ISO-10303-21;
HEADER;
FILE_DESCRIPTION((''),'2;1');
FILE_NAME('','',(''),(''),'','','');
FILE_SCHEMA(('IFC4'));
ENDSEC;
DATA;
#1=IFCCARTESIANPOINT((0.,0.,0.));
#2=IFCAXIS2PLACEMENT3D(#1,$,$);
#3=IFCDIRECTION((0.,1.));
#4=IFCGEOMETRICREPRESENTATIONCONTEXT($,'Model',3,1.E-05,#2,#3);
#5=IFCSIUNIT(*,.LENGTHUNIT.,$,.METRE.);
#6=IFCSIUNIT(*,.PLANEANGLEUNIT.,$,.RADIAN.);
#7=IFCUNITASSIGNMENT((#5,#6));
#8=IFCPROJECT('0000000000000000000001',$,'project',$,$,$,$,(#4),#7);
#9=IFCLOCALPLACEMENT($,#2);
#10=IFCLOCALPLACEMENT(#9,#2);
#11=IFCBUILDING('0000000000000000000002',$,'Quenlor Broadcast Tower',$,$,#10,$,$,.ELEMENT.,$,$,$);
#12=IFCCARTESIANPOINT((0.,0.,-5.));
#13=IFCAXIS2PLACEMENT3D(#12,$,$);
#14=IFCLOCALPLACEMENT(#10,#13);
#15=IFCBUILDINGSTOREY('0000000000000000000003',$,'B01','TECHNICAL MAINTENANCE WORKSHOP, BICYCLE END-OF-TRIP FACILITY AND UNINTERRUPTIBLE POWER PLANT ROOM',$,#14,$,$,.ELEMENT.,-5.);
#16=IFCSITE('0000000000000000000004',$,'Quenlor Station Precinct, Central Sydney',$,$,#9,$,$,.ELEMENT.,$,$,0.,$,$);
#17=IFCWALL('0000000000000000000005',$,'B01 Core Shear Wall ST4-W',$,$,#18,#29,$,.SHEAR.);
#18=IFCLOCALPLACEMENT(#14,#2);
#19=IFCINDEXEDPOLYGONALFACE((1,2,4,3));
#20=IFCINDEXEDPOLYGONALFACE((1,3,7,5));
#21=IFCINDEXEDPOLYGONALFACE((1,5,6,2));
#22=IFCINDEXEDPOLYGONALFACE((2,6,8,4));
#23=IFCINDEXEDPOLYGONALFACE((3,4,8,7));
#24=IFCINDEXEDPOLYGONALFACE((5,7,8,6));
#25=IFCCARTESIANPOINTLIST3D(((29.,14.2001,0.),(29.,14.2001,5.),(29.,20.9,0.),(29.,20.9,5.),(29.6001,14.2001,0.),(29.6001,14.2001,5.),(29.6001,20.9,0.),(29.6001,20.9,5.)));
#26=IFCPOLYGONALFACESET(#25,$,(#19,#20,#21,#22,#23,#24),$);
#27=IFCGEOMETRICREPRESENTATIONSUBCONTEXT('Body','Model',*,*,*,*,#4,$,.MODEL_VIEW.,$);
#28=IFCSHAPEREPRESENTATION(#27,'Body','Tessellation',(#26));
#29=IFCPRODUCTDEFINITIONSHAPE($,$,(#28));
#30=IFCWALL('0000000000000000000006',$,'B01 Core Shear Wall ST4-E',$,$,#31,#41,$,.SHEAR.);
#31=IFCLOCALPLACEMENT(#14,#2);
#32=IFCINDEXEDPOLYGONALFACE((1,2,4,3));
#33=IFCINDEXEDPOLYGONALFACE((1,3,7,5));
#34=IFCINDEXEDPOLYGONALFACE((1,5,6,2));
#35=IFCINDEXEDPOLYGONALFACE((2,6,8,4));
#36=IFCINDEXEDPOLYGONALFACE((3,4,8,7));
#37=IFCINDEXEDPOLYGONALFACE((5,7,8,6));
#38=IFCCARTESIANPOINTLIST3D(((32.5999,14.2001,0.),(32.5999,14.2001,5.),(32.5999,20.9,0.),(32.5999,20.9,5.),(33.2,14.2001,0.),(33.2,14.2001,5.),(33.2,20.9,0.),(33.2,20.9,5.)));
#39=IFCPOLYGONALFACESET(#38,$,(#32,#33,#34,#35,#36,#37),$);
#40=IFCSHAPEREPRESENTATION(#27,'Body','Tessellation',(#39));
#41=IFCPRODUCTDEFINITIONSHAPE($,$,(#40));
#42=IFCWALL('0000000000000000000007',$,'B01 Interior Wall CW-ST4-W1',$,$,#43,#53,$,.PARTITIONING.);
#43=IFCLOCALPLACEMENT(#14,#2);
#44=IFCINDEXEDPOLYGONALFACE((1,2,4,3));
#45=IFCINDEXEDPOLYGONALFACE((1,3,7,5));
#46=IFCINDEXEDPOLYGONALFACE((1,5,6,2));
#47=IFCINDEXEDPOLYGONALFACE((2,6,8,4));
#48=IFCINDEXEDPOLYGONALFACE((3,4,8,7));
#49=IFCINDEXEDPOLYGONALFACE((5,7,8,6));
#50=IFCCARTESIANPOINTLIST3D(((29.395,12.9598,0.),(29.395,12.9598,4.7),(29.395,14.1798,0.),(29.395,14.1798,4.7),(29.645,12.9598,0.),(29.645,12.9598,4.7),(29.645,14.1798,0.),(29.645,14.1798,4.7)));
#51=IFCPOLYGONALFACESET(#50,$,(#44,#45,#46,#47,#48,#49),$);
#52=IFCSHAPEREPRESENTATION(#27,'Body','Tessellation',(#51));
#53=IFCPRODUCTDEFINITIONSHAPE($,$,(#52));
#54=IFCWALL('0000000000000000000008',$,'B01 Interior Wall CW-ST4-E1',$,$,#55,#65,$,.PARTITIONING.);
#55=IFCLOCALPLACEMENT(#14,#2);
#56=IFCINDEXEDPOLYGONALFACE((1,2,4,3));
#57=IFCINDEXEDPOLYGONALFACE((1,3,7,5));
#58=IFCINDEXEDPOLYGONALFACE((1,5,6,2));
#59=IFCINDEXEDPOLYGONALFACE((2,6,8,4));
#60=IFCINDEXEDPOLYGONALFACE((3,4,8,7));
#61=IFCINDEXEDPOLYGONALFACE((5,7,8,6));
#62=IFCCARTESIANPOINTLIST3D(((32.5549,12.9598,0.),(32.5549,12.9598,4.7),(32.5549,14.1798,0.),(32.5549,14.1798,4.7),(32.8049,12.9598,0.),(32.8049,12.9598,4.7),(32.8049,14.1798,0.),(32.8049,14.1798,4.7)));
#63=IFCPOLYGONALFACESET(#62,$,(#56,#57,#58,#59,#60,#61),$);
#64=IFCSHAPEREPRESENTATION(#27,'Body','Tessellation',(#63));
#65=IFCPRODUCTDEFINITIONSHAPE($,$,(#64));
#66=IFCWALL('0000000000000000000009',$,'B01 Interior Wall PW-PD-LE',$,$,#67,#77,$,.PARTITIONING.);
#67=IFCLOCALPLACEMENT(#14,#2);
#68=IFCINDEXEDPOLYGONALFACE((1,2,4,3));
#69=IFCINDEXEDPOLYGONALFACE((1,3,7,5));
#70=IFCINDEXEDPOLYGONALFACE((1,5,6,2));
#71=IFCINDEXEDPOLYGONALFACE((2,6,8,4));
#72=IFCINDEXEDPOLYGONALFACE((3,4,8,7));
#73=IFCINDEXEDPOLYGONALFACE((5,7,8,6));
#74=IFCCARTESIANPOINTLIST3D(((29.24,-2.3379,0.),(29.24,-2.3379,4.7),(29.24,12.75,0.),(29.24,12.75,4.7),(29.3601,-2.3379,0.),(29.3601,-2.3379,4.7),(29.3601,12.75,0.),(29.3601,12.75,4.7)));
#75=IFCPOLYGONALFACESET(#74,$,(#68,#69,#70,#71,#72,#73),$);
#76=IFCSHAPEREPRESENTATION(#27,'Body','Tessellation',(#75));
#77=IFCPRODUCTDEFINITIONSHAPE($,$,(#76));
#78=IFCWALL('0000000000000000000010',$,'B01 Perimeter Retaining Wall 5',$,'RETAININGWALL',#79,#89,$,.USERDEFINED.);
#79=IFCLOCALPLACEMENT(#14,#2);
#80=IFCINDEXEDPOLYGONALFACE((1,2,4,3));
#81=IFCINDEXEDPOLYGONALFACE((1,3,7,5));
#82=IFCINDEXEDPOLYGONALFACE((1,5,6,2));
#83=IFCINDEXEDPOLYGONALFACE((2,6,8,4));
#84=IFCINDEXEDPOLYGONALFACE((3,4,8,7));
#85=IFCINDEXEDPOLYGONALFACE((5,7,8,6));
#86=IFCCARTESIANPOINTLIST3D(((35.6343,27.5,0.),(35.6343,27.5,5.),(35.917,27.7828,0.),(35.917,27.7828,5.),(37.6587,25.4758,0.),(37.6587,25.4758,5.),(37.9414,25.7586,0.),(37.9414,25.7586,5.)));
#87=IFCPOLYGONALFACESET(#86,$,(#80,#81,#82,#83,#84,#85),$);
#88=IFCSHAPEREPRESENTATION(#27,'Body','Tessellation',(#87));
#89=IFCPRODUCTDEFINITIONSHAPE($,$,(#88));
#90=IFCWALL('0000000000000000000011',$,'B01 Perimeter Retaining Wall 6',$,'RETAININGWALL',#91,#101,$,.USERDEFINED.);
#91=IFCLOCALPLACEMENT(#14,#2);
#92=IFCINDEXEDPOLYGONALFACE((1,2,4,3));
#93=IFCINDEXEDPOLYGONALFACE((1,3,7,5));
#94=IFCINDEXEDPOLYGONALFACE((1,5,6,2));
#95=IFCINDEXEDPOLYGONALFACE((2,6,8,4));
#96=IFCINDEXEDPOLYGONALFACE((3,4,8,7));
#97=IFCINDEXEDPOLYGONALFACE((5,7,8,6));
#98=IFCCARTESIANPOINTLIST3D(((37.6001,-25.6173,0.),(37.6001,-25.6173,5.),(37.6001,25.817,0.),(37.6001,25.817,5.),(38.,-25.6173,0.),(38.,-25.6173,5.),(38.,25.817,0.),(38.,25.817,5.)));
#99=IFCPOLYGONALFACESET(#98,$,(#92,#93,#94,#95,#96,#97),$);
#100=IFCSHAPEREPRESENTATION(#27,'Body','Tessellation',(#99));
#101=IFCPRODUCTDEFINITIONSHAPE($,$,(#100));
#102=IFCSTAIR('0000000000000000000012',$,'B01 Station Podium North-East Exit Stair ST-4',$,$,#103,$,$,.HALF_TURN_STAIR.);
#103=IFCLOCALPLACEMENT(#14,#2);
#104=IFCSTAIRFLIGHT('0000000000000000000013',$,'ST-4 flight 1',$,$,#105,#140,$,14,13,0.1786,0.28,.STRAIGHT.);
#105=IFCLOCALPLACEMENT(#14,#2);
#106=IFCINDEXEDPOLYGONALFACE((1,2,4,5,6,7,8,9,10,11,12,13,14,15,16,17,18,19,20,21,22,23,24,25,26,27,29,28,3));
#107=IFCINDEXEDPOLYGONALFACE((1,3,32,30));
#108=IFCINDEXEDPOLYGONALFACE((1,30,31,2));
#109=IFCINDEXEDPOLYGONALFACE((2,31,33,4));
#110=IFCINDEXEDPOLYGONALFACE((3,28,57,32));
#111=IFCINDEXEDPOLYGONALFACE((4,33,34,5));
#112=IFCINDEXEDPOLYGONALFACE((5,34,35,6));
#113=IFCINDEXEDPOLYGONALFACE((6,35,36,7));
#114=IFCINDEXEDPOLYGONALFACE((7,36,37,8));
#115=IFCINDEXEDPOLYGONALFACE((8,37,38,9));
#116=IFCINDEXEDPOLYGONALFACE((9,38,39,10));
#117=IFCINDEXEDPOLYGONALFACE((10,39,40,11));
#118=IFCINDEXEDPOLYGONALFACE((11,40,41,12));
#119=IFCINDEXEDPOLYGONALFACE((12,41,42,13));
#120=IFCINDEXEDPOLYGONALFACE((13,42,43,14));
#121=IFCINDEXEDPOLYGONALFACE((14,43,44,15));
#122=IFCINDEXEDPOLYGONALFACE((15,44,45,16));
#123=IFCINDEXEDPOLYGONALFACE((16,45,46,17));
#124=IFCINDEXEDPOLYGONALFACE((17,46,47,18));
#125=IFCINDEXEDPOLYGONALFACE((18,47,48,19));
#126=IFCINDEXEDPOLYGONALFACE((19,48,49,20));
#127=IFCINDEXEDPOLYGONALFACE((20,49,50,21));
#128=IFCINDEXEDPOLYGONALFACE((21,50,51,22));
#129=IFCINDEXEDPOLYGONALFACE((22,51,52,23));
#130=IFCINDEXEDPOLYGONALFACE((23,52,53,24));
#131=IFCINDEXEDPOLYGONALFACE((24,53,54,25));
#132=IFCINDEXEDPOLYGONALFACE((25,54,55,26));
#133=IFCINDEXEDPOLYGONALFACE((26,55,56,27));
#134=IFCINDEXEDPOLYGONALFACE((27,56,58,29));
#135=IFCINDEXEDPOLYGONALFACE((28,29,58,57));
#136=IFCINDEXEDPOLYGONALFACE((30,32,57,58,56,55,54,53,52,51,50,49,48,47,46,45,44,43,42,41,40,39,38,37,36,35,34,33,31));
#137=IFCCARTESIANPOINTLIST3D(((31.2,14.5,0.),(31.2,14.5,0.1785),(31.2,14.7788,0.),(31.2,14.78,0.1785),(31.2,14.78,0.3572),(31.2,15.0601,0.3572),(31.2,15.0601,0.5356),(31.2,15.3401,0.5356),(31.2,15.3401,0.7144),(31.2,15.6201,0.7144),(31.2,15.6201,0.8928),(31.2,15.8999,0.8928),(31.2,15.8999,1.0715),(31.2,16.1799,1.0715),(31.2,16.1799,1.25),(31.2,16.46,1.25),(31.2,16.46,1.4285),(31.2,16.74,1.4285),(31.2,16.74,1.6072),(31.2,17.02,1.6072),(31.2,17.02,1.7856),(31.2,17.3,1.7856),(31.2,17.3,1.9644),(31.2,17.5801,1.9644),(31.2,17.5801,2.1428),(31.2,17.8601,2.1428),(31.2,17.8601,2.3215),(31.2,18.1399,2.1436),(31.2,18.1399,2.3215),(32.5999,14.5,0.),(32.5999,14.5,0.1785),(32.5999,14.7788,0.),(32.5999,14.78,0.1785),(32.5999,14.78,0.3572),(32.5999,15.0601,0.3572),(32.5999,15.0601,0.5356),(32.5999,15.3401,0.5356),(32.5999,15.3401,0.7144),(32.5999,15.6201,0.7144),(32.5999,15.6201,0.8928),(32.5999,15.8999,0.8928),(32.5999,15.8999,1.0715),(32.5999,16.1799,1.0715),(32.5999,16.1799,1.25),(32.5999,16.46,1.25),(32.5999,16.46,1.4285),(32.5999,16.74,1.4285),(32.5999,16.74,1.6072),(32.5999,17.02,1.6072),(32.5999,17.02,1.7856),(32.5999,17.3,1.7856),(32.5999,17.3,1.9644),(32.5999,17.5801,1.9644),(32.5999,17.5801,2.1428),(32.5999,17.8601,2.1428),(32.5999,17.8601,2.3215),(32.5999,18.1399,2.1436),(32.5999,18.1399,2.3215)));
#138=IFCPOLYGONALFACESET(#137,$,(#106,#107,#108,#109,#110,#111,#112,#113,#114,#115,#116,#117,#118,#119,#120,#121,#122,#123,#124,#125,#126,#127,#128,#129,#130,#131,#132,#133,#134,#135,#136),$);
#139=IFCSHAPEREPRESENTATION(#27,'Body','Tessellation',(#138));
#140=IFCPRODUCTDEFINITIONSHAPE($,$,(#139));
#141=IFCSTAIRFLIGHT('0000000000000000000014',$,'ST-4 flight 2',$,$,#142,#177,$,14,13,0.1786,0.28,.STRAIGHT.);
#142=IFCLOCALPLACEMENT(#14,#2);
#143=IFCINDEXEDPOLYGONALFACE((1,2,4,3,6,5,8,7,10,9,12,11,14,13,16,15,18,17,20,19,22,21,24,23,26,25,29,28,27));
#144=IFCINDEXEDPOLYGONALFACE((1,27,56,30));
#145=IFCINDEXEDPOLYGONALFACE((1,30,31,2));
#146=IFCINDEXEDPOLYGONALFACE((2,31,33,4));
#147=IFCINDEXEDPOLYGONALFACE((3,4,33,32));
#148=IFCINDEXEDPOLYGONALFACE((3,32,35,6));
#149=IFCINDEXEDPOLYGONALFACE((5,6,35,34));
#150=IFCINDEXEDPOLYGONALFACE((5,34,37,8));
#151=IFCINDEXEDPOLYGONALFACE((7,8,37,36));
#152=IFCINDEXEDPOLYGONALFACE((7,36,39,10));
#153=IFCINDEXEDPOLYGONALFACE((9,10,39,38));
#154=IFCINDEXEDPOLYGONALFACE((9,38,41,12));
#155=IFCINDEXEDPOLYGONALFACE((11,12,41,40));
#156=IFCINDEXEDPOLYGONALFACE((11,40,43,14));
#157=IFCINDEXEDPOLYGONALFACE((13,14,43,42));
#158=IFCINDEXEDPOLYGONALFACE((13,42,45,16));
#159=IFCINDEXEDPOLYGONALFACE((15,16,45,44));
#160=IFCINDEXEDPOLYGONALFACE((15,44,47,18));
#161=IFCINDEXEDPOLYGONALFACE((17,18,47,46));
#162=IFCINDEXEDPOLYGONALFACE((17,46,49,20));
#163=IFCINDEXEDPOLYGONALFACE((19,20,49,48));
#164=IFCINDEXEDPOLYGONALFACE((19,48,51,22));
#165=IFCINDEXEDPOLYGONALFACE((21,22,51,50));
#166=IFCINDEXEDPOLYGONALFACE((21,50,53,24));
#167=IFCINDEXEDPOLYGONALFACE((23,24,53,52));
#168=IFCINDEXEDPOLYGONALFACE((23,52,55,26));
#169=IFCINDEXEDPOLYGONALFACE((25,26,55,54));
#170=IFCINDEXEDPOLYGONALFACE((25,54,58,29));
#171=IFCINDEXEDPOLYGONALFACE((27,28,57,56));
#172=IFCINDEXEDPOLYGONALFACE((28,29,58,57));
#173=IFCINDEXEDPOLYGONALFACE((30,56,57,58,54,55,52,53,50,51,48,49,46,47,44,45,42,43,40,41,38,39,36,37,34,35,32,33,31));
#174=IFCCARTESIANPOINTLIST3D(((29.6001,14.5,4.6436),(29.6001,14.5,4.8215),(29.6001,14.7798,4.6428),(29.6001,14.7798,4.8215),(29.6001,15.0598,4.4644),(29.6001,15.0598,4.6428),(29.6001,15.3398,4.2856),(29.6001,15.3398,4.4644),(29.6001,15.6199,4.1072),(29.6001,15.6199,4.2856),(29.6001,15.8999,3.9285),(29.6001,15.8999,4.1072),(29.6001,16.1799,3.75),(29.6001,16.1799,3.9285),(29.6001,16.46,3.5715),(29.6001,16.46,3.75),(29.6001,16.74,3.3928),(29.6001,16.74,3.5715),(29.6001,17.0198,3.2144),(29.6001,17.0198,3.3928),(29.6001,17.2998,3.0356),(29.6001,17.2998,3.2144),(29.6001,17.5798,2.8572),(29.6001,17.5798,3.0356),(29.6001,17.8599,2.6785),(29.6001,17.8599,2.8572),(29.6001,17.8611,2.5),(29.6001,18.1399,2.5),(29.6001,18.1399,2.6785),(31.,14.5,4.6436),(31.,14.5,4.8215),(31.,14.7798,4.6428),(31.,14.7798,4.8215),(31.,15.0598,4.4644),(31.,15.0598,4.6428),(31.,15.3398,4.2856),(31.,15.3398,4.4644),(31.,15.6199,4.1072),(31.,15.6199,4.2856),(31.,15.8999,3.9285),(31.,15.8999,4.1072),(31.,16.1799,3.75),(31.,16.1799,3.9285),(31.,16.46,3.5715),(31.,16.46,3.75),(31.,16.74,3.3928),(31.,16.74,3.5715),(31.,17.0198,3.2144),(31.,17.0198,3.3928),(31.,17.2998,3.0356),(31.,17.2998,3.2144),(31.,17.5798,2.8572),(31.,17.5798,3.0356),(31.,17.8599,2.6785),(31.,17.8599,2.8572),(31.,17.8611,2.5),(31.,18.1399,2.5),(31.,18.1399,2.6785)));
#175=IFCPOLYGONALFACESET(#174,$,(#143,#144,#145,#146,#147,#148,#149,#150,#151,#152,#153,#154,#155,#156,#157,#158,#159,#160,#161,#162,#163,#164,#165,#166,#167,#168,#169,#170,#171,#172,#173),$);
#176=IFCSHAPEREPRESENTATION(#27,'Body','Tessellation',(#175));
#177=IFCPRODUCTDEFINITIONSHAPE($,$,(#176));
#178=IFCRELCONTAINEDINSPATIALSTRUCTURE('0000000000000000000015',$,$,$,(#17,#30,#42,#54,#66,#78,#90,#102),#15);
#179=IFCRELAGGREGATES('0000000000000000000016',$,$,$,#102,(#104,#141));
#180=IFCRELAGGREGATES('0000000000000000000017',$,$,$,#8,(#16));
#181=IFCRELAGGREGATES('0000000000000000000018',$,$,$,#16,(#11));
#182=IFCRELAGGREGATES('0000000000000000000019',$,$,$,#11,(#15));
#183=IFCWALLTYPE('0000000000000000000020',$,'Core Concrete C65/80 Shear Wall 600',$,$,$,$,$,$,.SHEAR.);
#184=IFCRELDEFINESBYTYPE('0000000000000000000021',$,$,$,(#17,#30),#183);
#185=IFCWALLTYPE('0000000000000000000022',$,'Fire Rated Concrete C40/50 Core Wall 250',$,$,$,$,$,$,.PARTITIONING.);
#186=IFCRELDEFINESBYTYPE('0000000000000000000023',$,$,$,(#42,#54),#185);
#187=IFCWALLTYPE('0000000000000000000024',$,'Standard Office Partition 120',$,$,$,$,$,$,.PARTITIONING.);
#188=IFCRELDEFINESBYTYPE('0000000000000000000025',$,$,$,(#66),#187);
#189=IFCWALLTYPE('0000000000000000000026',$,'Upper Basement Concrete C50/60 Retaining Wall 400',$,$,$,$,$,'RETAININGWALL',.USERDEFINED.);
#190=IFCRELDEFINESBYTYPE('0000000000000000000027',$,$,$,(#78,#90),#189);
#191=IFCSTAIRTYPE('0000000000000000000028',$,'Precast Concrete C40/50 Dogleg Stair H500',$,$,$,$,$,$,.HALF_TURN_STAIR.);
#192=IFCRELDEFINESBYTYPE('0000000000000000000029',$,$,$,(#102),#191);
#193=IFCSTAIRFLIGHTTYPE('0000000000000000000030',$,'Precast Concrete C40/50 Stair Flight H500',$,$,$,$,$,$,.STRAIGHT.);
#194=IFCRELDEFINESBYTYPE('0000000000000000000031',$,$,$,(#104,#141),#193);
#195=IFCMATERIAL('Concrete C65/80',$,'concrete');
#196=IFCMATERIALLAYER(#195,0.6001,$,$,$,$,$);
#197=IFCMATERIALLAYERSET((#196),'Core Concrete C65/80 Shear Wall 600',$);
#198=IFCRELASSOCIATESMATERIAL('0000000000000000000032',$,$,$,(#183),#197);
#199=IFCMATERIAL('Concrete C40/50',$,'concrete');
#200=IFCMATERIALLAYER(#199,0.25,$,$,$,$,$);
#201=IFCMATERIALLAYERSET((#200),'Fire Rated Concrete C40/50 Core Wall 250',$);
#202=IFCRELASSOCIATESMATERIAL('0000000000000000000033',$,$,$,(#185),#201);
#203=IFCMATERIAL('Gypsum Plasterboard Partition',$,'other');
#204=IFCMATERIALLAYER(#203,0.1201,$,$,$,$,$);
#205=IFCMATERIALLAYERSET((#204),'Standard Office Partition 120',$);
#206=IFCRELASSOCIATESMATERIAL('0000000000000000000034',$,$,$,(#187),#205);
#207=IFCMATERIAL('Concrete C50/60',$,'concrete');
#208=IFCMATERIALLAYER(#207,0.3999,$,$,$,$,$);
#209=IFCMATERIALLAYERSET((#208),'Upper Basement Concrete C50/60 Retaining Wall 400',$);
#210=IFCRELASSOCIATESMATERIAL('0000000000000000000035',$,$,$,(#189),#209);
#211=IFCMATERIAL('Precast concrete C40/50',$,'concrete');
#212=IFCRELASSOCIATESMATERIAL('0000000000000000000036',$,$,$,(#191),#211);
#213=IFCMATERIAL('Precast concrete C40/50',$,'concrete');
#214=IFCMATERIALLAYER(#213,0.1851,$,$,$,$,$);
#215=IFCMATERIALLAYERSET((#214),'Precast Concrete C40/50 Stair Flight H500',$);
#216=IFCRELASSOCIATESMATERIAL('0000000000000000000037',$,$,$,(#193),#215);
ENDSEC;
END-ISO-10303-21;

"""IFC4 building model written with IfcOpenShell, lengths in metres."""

from ifc_helpers import new_model, si_unit, direction, frame, frame_2d, origin, place, context, subcontext, project, spatial, polyline, rectangle, outline, extrude, material, layer, layer_set, type_object, element, aggregate, save


model = new_model("IFC4")

# Units and contexts
model_context = context("Model", 3, precision=1e-05, world=origin(), true_north=direction((0.0, 1.0)))
body_context = subcontext(model_context, "Body", "Model", "MODEL_VIEW")
ifc_project = project(units=[si_unit("LENGTHUNIT", "METRE"), si_unit("PLANEANGLEUNIT", "RADIAN")], contexts=[model_context])

# Site, building, storey
site_placement = place(None, origin())
site = spatial("IfcSite", under=ifc_project, at=site_placement, Name="Quenlor Station Precinct, Central Sydney", CompositionType="ELEMENT", RefElevation=0.0)
building_placement = place(site_placement, origin())
building = spatial("IfcBuilding", under=site, at=building_placement, Name="Quenlor Broadcast Tower", CompositionType="ELEMENT")
storey_placement = place(building_placement, frame((0.0, 0.0, -5.0)))
storey = spatial("IfcBuildingStorey", under=building, at=storey_placement, Name="B01", Description="TECHNICAL MAINTENANCE WORKSHOP, BICYCLE END-OF-TRIP FACILITY AND UNINTERRUPTIBLE POWER PLANT ROOM", CompositionType="ELEMENT", Elevation=-5.0)

# Walls
ifc_material_1 = material(Name="Concrete C65/80", Category="concrete")
ifc_layer_1 = layer(ifc_material_1, 0.6001)
ifc_layer_set_1 = layer_set([ifc_layer_1], Name="Core Concrete C65/80 Shear Wall 600")
wall_type_1 = type_object("IfcWallType", Name="Core Concrete C65/80 Shear Wall 600", PredefinedType="SHEAR", material=ifc_layer_set_1)
for number, where, z_axis, x_axis, name in (
    (1, (29.3, 14.2, 0.0), (0.0, 0.0, 1.0), (0.0, 1.0, 0.0), "B01 Core Shear Wall ST4-W"),
    (2, (32.8999, 14.2, 0.0), (0.0, 0.0, 1.0), (0.0, 1.0, 0.0), "B01 Core Shear Wall ST4-E"),
):
    element("IfcWall", number, at=place(storey_placement, frame(where, z_axis=z_axis, x_axis=x_axis)), inside=storey, type_object=wall_type_1, Name=name, PredefinedType="SHEAR", context=body_context, shape_type="SweptSolid", body=[
        extrude(rectangle(XDim=6.7, YDim=0.6001, at=frame_2d((3.3501, 0.0))), origin(), (0.0, 0.0, 1.0), 5.0),
    ])

# Shared definitions
ifc_material_2 = material(Name="Concrete C40/50", Category="concrete")
ifc_layer_2 = layer(ifc_material_2, 0.25)
ifc_layer_set_2 = layer_set([ifc_layer_2], Name="Fire Rated Concrete C40/50 Core Wall 250")
wall_type_2 = type_object("IfcWallType", Name="Fire Rated Concrete C40/50 Core Wall 250", PredefinedType="PARTITIONING", material=ifc_layer_set_2)

# Walls
for number, where, z_axis, x_axis, name in (
    (3, (29.52, 12.96, 0.0), (0.0, 0.0, 1.0), (0.0, 1.0, 0.0), "B01 Interior Wall CW-ST4-W1"),
    (4, (32.6799, 12.96, 0.0), (0.0, 0.0, 1.0), (0.0, 1.0, 0.0), "B01 Interior Wall CW-ST4-E1"),
):
    element("IfcWall", number, at=place(storey_placement, frame(where, z_axis=z_axis, x_axis=x_axis)), inside=storey, type_object=wall_type_2, Name=name, PredefinedType="PARTITIONING", context=body_context, shape_type="SweptSolid", body=[
        extrude(rectangle(XDim=1.22, YDim=0.25, at=frame_2d((0.6099, 0.0))), origin(), (0.0, 0.0, 1.0), 4.7),
    ])
ifc_material_3 = material(Name="Gypsum Plasterboard Partition", Category="other")
ifc_layer_3 = layer(ifc_material_3, 0.1201)
ifc_layer_set_3 = layer_set([ifc_layer_3], Name="Standard Office Partition 120")
wall_type_3 = type_object("IfcWallType", Name="Standard Office Partition 120", PredefinedType="PARTITIONING", material=ifc_layer_set_3)
wall_1_placement = place(storey_placement, frame((29.3, -2.3379, 0.0), z_axis=(0.0, 0.0, 1.0), x_axis=(0.0, 1.0, 0.0)))
element("IfcWall", 5, at=wall_1_placement, inside=storey, type_object=wall_type_3, Name="B01 Interior Wall PW-PD-LE", PredefinedType="PARTITIONING", context=body_context, shape_type="SweptSolid", body=[
    extrude(rectangle(XDim=15.0879, YDim=0.1201, at=frame_2d((7.5439, 0.0))), origin(), (0.0, 0.0, 1.0), 4.7),
])
ifc_material_4 = material(Name="Concrete C50/60", Category="concrete")
ifc_layer_4 = layer(ifc_material_4, 0.3999)
ifc_layer_set_4 = layer_set([ifc_layer_4], Name="Upper Basement Concrete C50/60 Retaining Wall 400")
wall_type_4 = type_object("IfcWallType", Name="Upper Basement Concrete C50/60 Retaining Wall 400", ElementType="RETAININGWALL", PredefinedType="USERDEFINED", material=ifc_layer_set_4)
wall_2_placement = place(storey_placement, frame((35.7756, 27.6414, 0.0), z_axis=(0.0, 0.0, 1.0), x_axis=(0.707149, -0.707064, 0.0)))
element("IfcWall", 6, at=wall_2_placement, inside=storey, type_object=wall_type_4, Name="B01 Perimeter Retaining Wall 5", ObjectType="RETAININGWALL", PredefinedType="USERDEFINED", context=body_context, shape_type="SweptSolid", body=[
    extrude(rectangle(XDim=2.8628, YDim=0.3999, at=frame_2d((1.4314, 0.0))), origin(), (0.0, 0.0, 1.0), 5.0),
])
wall_3_placement = place(storey_placement, frame((37.8, 25.8171, 0.0), z_axis=(0.0, 0.0, 1.0), x_axis=(0.0, -1.0, 0.0)))
element("IfcWall", 7, at=wall_3_placement, inside=storey, type_object=wall_type_4, Name="B01 Perimeter Retaining Wall 6", ObjectType="RETAININGWALL", PredefinedType="USERDEFINED", context=body_context, shape_type="SweptSolid", body=[
    extrude(rectangle(XDim=51.4343, YDim=0.3999, at=frame_2d((25.7173, 0.0))), origin(), (0.0, 0.0, 1.0), 5.0),
])

# Stair, stair flights
ifc_material_5 = material(Name="Precast concrete C40/50", Category="concrete")
stair_type = type_object("IfcStairType", Name="Precast Concrete C40/50 Dogleg Stair H500", PredefinedType="HALF_TURN_STAIR", material=ifc_material_5)
stair_placement = place(storey_placement, origin())
stair = element("IfcStair", 8, at=stair_placement, inside=storey, type_object=stair_type, Name="B01 Station Podium North-East Exit Stair ST-4", PredefinedType="HALF_TURN_STAIR")
ifc_material_6 = material(Name="Precast concrete C40/50", Category="concrete")
ifc_layer_5 = layer(ifc_material_6, 0.1851)
ifc_layer_set_5 = layer_set([ifc_layer_5], Name="Precast Concrete C40/50 Stair Flight H500")
stair_flight_type = type_object("IfcStairFlightType", Name="Precast Concrete C40/50 Stair Flight H500", PredefinedType="STRAIGHT", material=ifc_layer_set_5)
stair_flight_1_placement = place(storey_placement, frame((31.8999, 14.5, 0.0), z_axis=(0.0, 0.0, 1.0), x_axis=(0.0, 1.0, 0.0)))
stair_flight_1 = element("IfcStairFlight", 9, at=stair_flight_1_placement, type_object=stair_flight_type, Name="ST-4 flight 1", NumberOfRisers=14, NumberOfTreads=13, PredefinedType="STRAIGHT", RiserHeight=0.1786, TreadLength=0.28, context=body_context, shape_type="SweptSolid", body=[
    extrude(outline(polyline([(0.0, 0.0), (0.0, 0.1785), (0.28, 0.1785), (0.28, 0.3572), (0.5601, 0.3572), (0.5601, 0.5356), (0.8401, 0.5356), (0.8401, 0.7144), (1.1201, 0.7144), (1.1201, 0.8928), (1.3999, 0.8928), (1.3999, 1.0715), (1.6799, 1.0715), (1.6799, 1.25), (1.96, 1.25), (1.96, 1.4285), (2.24, 1.4285), (2.24, 1.6072), (2.52, 1.6072), (2.52, 1.7856), (2.8, 1.7856), (2.8, 1.9644), (3.0801, 1.9644), (3.0801, 2.1428), (3.3601, 2.1428), (3.3601, 2.3215), (3.6399, 2.3215), (3.6399, 2.5), (3.6399, 2.1436), (0.2788, 0.0), (0.0, 0.0)])), frame((0.0, 0.7, 0.0), z_axis=(0.0, -1.0, 0.0), x_axis=(1.0, 0.0, 0.0)), (0.0, 0.0, 1.0), 1.3999),
])
stair_flight_2_placement = place(storey_placement, frame((30.3, 18.1399, 2.5), z_axis=(0.0, 0.0, 1.0), x_axis=(0.0, -1.0, 0.0)))
stair_flight_2 = element("IfcStairFlight", 10, at=stair_flight_2_placement, type_object=stair_flight_type, Name="ST-4 flight 2", NumberOfRisers=14, NumberOfTreads=13, PredefinedType="STRAIGHT", RiserHeight=0.1786, TreadLength=0.28, context=body_context, shape_type="SweptSolid", body=[
    extrude(outline(polyline([(0.0, 0.0), (0.0, 0.1785), (0.28, 0.1785), (0.28, 0.3572), (0.5601, 0.3572), (0.5601, 0.5356), (0.8401, 0.5356), (0.8401, 0.7144), (1.1201, 0.7144), (1.1201, 0.8928), (1.3999, 0.8928), (1.3999, 1.0715), (1.6799, 1.0715), (1.6799, 1.25), (1.96, 1.25), (1.96, 1.4285), (2.24, 1.4285), (2.24, 1.6072), (2.52, 1.6072), (2.52, 1.7856), (2.8, 1.7856), (2.8, 1.9644), (3.0801, 1.9644), (3.0801, 2.1428), (3.3601, 2.1428), (3.3601, 2.3215), (3.6399, 2.3215), (3.6399, 2.5), (3.6399, 2.1436), (0.2788, 0.0), (0.0, 0.0)])), frame((0.0, 0.7, 0.0), z_axis=(0.0, -1.0, 0.0), x_axis=(1.0, 0.0, 0.0)), (0.0, 0.0, 1.0), 1.3999),
])
aggregate(stair, [stair_flight_1, stair_flight_2])

save(model, "model.ifc")
